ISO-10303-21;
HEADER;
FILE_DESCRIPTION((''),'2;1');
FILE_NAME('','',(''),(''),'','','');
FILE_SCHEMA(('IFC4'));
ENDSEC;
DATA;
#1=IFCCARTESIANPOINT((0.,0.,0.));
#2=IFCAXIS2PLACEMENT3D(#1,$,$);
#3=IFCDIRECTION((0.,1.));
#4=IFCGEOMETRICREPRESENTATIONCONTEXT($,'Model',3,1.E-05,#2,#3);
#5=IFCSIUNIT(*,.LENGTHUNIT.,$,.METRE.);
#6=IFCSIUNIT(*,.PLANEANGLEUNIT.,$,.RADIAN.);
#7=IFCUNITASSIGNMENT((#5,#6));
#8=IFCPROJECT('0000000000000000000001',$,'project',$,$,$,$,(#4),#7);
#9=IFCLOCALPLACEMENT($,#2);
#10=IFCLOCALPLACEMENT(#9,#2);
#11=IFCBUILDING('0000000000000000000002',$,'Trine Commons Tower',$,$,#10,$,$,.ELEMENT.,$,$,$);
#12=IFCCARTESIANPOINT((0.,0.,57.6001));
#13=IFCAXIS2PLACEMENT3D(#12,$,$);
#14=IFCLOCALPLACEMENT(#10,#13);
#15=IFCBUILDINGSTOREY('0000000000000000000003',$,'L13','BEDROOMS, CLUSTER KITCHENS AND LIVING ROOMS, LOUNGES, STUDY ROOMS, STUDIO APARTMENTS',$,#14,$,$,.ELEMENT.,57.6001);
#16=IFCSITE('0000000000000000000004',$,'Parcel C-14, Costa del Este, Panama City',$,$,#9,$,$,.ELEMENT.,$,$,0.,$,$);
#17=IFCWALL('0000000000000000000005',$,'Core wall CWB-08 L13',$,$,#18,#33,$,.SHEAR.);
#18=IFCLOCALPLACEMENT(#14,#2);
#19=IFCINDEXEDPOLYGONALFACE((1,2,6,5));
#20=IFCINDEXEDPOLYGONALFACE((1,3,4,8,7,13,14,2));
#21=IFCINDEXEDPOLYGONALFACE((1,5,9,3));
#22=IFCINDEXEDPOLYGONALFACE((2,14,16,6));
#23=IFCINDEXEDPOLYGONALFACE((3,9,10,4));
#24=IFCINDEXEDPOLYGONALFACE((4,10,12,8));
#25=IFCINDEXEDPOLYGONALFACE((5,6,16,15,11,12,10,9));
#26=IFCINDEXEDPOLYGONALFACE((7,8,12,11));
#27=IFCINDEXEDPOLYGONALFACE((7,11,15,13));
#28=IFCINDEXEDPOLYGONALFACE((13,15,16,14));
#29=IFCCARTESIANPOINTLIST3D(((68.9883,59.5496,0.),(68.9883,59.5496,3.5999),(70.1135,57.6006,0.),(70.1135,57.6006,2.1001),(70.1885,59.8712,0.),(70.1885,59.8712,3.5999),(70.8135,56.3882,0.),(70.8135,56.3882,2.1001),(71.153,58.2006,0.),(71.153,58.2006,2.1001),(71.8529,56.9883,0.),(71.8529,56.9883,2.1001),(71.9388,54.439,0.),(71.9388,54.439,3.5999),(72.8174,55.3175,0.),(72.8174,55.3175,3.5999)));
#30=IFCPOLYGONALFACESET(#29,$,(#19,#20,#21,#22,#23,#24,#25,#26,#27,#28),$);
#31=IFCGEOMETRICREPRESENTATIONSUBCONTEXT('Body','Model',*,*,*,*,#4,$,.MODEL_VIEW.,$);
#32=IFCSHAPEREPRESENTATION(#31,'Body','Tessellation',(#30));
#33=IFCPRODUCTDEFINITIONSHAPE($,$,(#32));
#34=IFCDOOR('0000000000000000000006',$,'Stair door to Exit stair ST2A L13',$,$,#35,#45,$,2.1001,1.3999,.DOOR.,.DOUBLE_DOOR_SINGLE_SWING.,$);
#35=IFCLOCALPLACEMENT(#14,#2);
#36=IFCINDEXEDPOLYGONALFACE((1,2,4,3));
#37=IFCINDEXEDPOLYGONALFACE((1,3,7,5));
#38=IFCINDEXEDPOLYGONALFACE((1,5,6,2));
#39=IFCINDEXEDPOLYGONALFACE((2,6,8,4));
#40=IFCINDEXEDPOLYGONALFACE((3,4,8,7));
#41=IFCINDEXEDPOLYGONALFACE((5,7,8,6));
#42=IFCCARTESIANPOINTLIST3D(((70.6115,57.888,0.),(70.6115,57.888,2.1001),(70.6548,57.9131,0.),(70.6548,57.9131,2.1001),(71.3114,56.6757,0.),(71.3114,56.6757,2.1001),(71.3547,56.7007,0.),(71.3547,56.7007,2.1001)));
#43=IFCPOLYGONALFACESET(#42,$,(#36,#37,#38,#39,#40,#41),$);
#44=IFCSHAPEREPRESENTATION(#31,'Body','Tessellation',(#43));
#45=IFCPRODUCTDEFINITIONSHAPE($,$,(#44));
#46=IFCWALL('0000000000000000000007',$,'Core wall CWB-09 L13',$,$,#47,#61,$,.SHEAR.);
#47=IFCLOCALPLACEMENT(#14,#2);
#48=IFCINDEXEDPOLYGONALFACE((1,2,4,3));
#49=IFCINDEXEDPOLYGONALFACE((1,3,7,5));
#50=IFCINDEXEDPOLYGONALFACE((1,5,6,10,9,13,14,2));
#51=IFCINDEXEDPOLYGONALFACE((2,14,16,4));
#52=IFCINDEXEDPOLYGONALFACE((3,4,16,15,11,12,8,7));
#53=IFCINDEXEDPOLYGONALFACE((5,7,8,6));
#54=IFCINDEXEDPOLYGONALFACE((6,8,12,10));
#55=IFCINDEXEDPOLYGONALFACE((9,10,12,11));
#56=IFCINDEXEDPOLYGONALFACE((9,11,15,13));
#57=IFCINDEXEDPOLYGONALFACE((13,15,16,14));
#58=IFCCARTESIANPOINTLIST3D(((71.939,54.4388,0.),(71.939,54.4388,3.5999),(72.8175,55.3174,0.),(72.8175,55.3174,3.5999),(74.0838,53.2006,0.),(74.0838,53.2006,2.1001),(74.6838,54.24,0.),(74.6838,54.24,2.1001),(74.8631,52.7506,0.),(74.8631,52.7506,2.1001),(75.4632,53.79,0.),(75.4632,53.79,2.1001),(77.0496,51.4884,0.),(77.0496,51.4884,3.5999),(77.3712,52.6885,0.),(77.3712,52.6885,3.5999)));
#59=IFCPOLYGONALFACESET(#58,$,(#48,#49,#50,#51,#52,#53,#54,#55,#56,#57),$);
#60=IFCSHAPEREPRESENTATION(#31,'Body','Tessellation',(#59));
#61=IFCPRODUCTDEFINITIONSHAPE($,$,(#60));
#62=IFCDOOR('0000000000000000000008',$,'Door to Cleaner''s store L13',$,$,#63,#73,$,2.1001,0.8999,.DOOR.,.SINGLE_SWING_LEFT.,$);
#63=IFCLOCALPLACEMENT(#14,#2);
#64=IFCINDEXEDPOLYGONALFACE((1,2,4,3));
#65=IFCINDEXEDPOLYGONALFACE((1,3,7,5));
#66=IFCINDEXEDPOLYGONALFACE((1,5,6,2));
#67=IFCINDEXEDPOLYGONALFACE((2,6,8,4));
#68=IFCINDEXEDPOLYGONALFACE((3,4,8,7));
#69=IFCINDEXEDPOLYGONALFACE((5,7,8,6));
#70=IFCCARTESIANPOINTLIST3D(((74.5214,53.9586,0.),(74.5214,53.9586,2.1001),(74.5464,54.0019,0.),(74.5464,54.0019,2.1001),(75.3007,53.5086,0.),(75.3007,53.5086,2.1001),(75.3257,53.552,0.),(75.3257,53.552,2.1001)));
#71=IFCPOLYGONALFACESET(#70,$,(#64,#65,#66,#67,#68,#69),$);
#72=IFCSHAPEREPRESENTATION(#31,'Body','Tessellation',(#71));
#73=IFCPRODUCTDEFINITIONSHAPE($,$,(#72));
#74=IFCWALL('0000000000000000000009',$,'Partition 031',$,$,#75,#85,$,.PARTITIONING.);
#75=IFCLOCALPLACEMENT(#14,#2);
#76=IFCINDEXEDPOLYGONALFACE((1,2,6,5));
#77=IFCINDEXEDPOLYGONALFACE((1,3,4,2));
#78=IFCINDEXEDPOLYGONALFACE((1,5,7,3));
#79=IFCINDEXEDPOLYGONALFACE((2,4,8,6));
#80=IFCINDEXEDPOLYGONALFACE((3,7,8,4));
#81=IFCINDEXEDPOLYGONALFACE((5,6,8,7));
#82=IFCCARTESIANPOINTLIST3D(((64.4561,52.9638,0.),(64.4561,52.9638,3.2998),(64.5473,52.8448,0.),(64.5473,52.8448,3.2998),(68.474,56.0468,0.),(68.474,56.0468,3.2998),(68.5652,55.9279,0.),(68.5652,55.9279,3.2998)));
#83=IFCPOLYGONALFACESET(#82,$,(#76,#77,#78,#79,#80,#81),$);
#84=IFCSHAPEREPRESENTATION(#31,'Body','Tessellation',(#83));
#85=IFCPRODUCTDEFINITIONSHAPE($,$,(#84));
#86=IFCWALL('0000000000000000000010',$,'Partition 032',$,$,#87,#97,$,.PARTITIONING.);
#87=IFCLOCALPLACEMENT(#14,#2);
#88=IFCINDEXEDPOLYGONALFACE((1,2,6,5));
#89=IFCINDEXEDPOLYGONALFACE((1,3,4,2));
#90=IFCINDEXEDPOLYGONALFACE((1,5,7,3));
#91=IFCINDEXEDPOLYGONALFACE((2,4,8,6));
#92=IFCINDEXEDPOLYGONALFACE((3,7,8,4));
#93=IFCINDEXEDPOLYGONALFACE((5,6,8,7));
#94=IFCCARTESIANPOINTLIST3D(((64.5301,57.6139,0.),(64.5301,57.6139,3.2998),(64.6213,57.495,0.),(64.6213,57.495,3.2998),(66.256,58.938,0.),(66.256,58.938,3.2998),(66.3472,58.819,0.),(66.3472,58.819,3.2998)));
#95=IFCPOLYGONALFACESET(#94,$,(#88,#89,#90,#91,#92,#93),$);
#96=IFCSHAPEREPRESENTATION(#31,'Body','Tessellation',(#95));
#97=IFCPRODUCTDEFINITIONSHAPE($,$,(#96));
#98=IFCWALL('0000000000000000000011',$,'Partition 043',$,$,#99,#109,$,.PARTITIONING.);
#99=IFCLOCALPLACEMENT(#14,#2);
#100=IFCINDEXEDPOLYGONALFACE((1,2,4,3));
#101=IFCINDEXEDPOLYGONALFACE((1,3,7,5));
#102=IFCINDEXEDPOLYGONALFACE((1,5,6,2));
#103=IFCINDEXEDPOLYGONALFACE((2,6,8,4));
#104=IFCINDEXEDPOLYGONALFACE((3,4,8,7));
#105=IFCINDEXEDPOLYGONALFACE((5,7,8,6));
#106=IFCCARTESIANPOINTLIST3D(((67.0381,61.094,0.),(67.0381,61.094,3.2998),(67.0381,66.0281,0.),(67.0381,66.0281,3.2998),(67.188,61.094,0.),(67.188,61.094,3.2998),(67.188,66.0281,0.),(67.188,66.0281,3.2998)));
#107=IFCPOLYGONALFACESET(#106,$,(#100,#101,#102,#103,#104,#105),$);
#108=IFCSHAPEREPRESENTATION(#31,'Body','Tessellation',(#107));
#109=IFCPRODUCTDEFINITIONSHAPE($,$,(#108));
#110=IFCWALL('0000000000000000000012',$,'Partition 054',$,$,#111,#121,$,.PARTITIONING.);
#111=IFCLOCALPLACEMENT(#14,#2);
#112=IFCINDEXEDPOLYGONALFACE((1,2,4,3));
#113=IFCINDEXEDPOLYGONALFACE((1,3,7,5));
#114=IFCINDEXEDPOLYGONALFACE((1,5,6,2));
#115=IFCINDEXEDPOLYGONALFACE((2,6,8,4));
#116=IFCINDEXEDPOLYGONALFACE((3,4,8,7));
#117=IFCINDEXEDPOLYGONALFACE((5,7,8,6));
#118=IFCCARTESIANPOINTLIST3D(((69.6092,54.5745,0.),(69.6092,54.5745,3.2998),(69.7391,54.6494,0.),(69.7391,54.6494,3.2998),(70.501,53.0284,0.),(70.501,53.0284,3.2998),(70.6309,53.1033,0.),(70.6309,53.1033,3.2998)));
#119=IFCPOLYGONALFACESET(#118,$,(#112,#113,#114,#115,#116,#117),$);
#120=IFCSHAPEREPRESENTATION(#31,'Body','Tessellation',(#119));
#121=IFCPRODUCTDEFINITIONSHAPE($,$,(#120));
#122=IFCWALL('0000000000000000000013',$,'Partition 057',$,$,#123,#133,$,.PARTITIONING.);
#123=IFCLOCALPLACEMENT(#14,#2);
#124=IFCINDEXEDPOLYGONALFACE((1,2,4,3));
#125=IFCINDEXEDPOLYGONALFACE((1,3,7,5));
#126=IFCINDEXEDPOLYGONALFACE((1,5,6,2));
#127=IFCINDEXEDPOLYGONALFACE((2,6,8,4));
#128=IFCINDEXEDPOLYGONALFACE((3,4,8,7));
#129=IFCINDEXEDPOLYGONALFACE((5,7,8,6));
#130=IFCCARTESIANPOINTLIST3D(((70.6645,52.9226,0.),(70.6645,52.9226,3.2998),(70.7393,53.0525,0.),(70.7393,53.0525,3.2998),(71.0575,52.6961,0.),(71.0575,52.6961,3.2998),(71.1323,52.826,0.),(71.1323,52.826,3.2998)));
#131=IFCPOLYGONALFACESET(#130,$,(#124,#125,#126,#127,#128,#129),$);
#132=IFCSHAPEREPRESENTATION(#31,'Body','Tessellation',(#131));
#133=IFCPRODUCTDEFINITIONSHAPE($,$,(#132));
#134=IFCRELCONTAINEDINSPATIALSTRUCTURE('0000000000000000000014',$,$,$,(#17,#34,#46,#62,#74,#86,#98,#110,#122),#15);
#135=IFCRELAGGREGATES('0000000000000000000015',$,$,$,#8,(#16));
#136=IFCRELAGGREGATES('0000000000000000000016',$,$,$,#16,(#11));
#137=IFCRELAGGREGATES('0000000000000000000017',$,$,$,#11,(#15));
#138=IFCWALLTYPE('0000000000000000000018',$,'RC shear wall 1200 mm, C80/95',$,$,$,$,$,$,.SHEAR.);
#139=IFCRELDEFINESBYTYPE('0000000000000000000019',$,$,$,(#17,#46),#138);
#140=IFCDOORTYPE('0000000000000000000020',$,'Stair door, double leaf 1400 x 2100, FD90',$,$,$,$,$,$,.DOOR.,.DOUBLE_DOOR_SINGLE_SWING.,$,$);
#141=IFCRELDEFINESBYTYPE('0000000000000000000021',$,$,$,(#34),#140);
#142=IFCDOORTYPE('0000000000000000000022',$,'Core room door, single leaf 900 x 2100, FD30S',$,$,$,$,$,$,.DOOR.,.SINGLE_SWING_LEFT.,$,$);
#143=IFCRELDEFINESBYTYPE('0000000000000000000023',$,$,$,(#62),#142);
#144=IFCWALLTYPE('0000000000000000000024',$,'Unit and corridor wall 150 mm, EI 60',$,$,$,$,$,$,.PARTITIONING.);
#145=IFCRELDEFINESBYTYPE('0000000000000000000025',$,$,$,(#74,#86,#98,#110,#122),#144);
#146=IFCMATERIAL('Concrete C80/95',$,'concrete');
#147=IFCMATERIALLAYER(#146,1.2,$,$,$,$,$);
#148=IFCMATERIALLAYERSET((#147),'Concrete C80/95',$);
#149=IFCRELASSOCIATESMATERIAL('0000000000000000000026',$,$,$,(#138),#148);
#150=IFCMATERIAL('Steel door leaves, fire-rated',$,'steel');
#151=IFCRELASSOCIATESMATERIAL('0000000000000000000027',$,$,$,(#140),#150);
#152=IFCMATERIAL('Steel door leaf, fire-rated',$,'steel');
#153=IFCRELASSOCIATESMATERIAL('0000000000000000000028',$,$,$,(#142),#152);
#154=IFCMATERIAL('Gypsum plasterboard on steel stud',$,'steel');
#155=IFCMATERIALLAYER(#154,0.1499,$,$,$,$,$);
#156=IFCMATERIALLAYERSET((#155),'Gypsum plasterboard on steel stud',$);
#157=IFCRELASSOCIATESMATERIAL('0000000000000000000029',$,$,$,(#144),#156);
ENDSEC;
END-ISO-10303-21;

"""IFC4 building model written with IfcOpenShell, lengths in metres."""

from ifc_helpers import new_model, si_unit, direction, frame, frame_2d, origin, place, context, subcontext, project, spatial, polyline, rectangle, outline, extrude, material, layer, layer_set, type_object, element, fill, save


model = new_model("IFC4")

# Units and contexts
model_context = context("Model", 3, precision=1e-05, world=origin(), true_north=direction((0.0, 1.0)))
body_context = subcontext(model_context, "Body", "Model", "MODEL_VIEW")
ifc_project = project(units=[si_unit("LENGTHUNIT", "METRE"), si_unit("PLANEANGLEUNIT", "RADIAN")], contexts=[model_context])

# Site, building, storey
site_placement = place(None, origin())
site = spatial("IfcSite", under=ifc_project, at=site_placement, Name="Parcel C-14, Costa del Este, Panama City", CompositionType="ELEMENT", RefElevation=0.0)
building_placement = place(site_placement, origin())
building = spatial("IfcBuilding", under=site, at=building_placement, Name="Trine Commons Tower", CompositionType="ELEMENT")
storey_placement = place(building_placement, frame((0.0, 0.0, 57.6001)))
storey = spatial("IfcBuildingStorey", under=building, at=storey_placement, Name="L13", Description="BEDROOMS, CLUSTER KITCHENS AND LIVING ROOMS, LOUNGES, STUDY ROOMS, STUDIO APARTMENTS", CompositionType="ELEMENT", Elevation=57.6001)

# Walls, openings, doors
ifc_material_1 = material(Name="Concrete C80/95", Category="concrete")
ifc_layer_1 = layer(ifc_material_1, 1.2)
ifc_layer_set_1 = layer_set([ifc_layer_1], Name="Concrete C80/95")
wall_type_1 = type_object("IfcWallType", Name="RC shear wall 1200 mm, C80/95", PredefinedType="SHEAR", material=ifc_layer_set_1)
wall_1_placement = place(storey_placement, frame((69.5081, 59.8496, 0.0), z_axis=(0.0, 0.0, 1.0), x_axis=(0.499979, -0.866037, 0.0)))
wall_1 = element("IfcWall", 1, at=wall_1_placement, inside=storey, type_object=wall_type_1, Name="Core wall CWB-08 L13", PredefinedType="SHEAR", context=body_context, shape_type="SweptSolid", body=[
    extrude(outline(polyline([(0.0, -0.6001), (5.9011, -0.6001), (5.5796, 0.6001), (0.3215, 0.6001), (0.0, -0.6001)])), origin(), (0.0, 0.0, 1.0), 3.5999),
])
opening_1_placement = place(wall_1_placement, frame((2.2505, 0.0, 0.0)))
opening_1 = element("IfcOpeningElement", 2, at=opening_1_placement, cuts=wall_1, PredefinedType="OPENING", context=body_context, shape_type="SweptSolid", body=[
    extrude(rectangle(XDim=1.3999, YDim=2.1001, at=frame_2d((0.7, 1.05))), frame((0.0, 0.6099, 0.0), z_axis=(0.0, -1.0, 0.0), x_axis=(1.0, 0.0, 0.0)), (0.0, 0.0, 1.0), 1.22),
])
ifc_material_2 = material(Name="Steel door leaves, fire-rated", Category="steel")
door_type_1 = type_object("IfcDoorType", Name="Stair door, double leaf 1400 x 2100, FD90", OperationType="DOUBLE_DOOR_SINGLE_SWING", PredefinedType="DOOR", material=ifc_material_2)
door_1_placement = place(opening_1_placement, origin())
door_1 = element("IfcDoor", 3, at=door_1_placement, inside=storey, type_object=door_type_1, Name="Stair door to Exit stair ST2A L13", OperationType="DOUBLE_DOOR_SINGLE_SWING", OverallHeight=2.1001, OverallWidth=1.3999, PredefinedType="DOOR", context=body_context, shape_type="SweptSolid", body=[
    extrude(rectangle(XDim=1.3999, YDim=2.1001, at=frame_2d((0.7, 1.05))), frame((0.0, 0.0249, 0.0), z_axis=(0.0, -1.0, 0.0), x_axis=(1.0, 0.0, 0.0)), (0.0, 0.0, 1.0), 0.05),
])
fill(opening_1, door_1)
wall_2_placement = place(storey_placement, frame((72.239, 54.9585, 0.0), z_axis=(0.0, 0.0, 1.0), x_axis=(0.866037, -0.499979, 0.0)))
wall_2 = element("IfcWall", 4, at=wall_2_placement, inside=storey, type_object=wall_type_1, Name="Core wall CWB-09 L13", PredefinedType="SHEAR", context=body_context, shape_type="SweptSolid", body=[
    extrude(outline(polyline([(0.0, -0.6001), (5.9011, -0.6001), (5.5796, 0.6001), (0.3215, 0.6001), (0.0, -0.6001)])), origin(), (0.0, 0.0, 1.0), 3.5999),
])
opening_2_placement = place(wall_2_placement, frame((2.4766, 0.0, 0.0)))
opening_2 = element("IfcOpeningElement", 5, at=opening_2_placement, cuts=wall_2, PredefinedType="OPENING", context=body_context, shape_type="SweptSolid", body=[
    extrude(rectangle(XDim=0.8999, YDim=2.1001, at=frame_2d((0.45, 1.05))), frame((0.0, 0.6099, 0.0), z_axis=(0.0, -1.0, 0.0), x_axis=(1.0, 0.0, 0.0)), (0.0, 0.0, 1.0), 1.22),
])
ifc_material_3 = material(Name="Steel door leaf, fire-rated", Category="steel")
door_type_2 = type_object("IfcDoorType", Name="Core room door, single leaf 900 x 2100, FD30S", OperationType="SINGLE_SWING_LEFT", PredefinedType="DOOR", material=ifc_material_3)
door_2_placement = place(opening_2_placement, origin())
door_2 = element("IfcDoor", 6, at=door_2_placement, inside=storey, type_object=door_type_2, Name="Door to Cleaner's store L13", OperationType="SINGLE_SWING_LEFT", OverallHeight=2.1001, OverallWidth=0.8999, PredefinedType="DOOR", context=body_context, shape_type="SweptSolid", body=[
    extrude(rectangle(XDim=0.8999, YDim=2.1001, at=frame_2d((0.45, 1.05))), frame((0.0, 0.3252, 0.0), z_axis=(0.0, -1.0, 0.0), x_axis=(1.0, 0.0, 0.0)), (0.0, 0.0, 1.0), 0.05),
])
fill(opening_2, door_2)

# Walls
ifc_material_4 = material(Name="Gypsum plasterboard on steel stud", Category="steel")
ifc_layer_2 = layer(ifc_material_4, 0.1499)
ifc_layer_set_2 = layer_set([ifc_layer_2], Name="Gypsum plasterboard on steel stud")
wall_type_2 = type_object("IfcWallType", Name="Unit and corridor wall 150 mm, EI 60", PredefinedType="PARTITIONING", material=ifc_layer_set_2)
wall_3_placement = place(storey_placement, frame((64.5017, 52.9043, 0.0), z_axis=(0.0, 0.0, 1.0), x_axis=(0.793351, 0.608764, 0.0)))
element("IfcWall", 7, at=wall_3_placement, inside=storey, type_object=wall_type_2, Name="Partition 031", PredefinedType="PARTITIONING", context=body_context, shape_type="SweptSolid", body=[
    extrude(rectangle(XDim=5.0645, YDim=0.1499, at=frame_2d((2.5322, 0.0))), origin(), (0.0, 0.0, 1.0), 3.2998),
])
wall_4_placement = place(storey_placement, frame((64.5757, 57.5544, 0.0), z_axis=(0.0, 0.0, 1.0), x_axis=(0.79342, 0.608674, 0.0)))
element("IfcWall", 8, at=wall_4_placement, inside=storey, type_object=wall_type_2, Name="Partition 032", PredefinedType="PARTITIONING", context=body_context, shape_type="SweptSolid", body=[
    extrude(rectangle(XDim=2.1753, YDim=0.1499, at=frame_2d((1.0876, 0.0))), origin(), (0.0, 0.0, 1.0), 3.2998),
])
wall_5_placement = place(storey_placement, frame((67.113, 61.094, 0.0), z_axis=(0.0, 0.0, 1.0), x_axis=(0.0, 1.0, 0.0)))
element("IfcWall", 9, at=wall_5_placement, inside=storey, type_object=wall_type_2, Name="Partition 043", PredefinedType="PARTITIONING", context=body_context, shape_type="SweptSolid", body=[
    extrude(rectangle(XDim=4.9341, YDim=0.1499, at=frame_2d((2.467, 0.0))), origin(), (0.0, 0.0, 1.0), 3.2998),
])
wall_6_placement = place(storey_placement, frame((69.6741, 54.6121, 0.0), z_axis=(0.0, 0.0, 1.0), x_axis=(0.499655, -0.866224, 0.0)))
element("IfcWall", 10, at=wall_6_placement, inside=storey, type_object=wall_type_2, Name="Partition 054", PredefinedType="PARTITIONING", context=body_context, shape_type="SweptSolid", body=[
    extrude(rectangle(XDim=1.7849, YDim=0.1499, at=frame_2d((0.8926, 0.0))), origin(), (0.0, 0.0, 1.0), 3.2998),
])
wall_7_placement = place(storey_placement, frame((70.7019, 52.9875, 0.0), z_axis=(0.0, 0.0, 1.0), x_axis=(0.866383, -0.499381, 0.0)))
element("IfcWall", 11, at=wall_7_placement, inside=storey, type_object=wall_type_2, Name="Partition 057", PredefinedType="PARTITIONING", context=body_context, shape_type="SweptSolid", body=[
    extrude(rectangle(XDim=0.4536, YDim=0.1499, at=frame_2d((0.2268, 0.0))), origin(), (0.0, 0.0, 1.0), 3.2998),
])

save(model, "model.ifc")
